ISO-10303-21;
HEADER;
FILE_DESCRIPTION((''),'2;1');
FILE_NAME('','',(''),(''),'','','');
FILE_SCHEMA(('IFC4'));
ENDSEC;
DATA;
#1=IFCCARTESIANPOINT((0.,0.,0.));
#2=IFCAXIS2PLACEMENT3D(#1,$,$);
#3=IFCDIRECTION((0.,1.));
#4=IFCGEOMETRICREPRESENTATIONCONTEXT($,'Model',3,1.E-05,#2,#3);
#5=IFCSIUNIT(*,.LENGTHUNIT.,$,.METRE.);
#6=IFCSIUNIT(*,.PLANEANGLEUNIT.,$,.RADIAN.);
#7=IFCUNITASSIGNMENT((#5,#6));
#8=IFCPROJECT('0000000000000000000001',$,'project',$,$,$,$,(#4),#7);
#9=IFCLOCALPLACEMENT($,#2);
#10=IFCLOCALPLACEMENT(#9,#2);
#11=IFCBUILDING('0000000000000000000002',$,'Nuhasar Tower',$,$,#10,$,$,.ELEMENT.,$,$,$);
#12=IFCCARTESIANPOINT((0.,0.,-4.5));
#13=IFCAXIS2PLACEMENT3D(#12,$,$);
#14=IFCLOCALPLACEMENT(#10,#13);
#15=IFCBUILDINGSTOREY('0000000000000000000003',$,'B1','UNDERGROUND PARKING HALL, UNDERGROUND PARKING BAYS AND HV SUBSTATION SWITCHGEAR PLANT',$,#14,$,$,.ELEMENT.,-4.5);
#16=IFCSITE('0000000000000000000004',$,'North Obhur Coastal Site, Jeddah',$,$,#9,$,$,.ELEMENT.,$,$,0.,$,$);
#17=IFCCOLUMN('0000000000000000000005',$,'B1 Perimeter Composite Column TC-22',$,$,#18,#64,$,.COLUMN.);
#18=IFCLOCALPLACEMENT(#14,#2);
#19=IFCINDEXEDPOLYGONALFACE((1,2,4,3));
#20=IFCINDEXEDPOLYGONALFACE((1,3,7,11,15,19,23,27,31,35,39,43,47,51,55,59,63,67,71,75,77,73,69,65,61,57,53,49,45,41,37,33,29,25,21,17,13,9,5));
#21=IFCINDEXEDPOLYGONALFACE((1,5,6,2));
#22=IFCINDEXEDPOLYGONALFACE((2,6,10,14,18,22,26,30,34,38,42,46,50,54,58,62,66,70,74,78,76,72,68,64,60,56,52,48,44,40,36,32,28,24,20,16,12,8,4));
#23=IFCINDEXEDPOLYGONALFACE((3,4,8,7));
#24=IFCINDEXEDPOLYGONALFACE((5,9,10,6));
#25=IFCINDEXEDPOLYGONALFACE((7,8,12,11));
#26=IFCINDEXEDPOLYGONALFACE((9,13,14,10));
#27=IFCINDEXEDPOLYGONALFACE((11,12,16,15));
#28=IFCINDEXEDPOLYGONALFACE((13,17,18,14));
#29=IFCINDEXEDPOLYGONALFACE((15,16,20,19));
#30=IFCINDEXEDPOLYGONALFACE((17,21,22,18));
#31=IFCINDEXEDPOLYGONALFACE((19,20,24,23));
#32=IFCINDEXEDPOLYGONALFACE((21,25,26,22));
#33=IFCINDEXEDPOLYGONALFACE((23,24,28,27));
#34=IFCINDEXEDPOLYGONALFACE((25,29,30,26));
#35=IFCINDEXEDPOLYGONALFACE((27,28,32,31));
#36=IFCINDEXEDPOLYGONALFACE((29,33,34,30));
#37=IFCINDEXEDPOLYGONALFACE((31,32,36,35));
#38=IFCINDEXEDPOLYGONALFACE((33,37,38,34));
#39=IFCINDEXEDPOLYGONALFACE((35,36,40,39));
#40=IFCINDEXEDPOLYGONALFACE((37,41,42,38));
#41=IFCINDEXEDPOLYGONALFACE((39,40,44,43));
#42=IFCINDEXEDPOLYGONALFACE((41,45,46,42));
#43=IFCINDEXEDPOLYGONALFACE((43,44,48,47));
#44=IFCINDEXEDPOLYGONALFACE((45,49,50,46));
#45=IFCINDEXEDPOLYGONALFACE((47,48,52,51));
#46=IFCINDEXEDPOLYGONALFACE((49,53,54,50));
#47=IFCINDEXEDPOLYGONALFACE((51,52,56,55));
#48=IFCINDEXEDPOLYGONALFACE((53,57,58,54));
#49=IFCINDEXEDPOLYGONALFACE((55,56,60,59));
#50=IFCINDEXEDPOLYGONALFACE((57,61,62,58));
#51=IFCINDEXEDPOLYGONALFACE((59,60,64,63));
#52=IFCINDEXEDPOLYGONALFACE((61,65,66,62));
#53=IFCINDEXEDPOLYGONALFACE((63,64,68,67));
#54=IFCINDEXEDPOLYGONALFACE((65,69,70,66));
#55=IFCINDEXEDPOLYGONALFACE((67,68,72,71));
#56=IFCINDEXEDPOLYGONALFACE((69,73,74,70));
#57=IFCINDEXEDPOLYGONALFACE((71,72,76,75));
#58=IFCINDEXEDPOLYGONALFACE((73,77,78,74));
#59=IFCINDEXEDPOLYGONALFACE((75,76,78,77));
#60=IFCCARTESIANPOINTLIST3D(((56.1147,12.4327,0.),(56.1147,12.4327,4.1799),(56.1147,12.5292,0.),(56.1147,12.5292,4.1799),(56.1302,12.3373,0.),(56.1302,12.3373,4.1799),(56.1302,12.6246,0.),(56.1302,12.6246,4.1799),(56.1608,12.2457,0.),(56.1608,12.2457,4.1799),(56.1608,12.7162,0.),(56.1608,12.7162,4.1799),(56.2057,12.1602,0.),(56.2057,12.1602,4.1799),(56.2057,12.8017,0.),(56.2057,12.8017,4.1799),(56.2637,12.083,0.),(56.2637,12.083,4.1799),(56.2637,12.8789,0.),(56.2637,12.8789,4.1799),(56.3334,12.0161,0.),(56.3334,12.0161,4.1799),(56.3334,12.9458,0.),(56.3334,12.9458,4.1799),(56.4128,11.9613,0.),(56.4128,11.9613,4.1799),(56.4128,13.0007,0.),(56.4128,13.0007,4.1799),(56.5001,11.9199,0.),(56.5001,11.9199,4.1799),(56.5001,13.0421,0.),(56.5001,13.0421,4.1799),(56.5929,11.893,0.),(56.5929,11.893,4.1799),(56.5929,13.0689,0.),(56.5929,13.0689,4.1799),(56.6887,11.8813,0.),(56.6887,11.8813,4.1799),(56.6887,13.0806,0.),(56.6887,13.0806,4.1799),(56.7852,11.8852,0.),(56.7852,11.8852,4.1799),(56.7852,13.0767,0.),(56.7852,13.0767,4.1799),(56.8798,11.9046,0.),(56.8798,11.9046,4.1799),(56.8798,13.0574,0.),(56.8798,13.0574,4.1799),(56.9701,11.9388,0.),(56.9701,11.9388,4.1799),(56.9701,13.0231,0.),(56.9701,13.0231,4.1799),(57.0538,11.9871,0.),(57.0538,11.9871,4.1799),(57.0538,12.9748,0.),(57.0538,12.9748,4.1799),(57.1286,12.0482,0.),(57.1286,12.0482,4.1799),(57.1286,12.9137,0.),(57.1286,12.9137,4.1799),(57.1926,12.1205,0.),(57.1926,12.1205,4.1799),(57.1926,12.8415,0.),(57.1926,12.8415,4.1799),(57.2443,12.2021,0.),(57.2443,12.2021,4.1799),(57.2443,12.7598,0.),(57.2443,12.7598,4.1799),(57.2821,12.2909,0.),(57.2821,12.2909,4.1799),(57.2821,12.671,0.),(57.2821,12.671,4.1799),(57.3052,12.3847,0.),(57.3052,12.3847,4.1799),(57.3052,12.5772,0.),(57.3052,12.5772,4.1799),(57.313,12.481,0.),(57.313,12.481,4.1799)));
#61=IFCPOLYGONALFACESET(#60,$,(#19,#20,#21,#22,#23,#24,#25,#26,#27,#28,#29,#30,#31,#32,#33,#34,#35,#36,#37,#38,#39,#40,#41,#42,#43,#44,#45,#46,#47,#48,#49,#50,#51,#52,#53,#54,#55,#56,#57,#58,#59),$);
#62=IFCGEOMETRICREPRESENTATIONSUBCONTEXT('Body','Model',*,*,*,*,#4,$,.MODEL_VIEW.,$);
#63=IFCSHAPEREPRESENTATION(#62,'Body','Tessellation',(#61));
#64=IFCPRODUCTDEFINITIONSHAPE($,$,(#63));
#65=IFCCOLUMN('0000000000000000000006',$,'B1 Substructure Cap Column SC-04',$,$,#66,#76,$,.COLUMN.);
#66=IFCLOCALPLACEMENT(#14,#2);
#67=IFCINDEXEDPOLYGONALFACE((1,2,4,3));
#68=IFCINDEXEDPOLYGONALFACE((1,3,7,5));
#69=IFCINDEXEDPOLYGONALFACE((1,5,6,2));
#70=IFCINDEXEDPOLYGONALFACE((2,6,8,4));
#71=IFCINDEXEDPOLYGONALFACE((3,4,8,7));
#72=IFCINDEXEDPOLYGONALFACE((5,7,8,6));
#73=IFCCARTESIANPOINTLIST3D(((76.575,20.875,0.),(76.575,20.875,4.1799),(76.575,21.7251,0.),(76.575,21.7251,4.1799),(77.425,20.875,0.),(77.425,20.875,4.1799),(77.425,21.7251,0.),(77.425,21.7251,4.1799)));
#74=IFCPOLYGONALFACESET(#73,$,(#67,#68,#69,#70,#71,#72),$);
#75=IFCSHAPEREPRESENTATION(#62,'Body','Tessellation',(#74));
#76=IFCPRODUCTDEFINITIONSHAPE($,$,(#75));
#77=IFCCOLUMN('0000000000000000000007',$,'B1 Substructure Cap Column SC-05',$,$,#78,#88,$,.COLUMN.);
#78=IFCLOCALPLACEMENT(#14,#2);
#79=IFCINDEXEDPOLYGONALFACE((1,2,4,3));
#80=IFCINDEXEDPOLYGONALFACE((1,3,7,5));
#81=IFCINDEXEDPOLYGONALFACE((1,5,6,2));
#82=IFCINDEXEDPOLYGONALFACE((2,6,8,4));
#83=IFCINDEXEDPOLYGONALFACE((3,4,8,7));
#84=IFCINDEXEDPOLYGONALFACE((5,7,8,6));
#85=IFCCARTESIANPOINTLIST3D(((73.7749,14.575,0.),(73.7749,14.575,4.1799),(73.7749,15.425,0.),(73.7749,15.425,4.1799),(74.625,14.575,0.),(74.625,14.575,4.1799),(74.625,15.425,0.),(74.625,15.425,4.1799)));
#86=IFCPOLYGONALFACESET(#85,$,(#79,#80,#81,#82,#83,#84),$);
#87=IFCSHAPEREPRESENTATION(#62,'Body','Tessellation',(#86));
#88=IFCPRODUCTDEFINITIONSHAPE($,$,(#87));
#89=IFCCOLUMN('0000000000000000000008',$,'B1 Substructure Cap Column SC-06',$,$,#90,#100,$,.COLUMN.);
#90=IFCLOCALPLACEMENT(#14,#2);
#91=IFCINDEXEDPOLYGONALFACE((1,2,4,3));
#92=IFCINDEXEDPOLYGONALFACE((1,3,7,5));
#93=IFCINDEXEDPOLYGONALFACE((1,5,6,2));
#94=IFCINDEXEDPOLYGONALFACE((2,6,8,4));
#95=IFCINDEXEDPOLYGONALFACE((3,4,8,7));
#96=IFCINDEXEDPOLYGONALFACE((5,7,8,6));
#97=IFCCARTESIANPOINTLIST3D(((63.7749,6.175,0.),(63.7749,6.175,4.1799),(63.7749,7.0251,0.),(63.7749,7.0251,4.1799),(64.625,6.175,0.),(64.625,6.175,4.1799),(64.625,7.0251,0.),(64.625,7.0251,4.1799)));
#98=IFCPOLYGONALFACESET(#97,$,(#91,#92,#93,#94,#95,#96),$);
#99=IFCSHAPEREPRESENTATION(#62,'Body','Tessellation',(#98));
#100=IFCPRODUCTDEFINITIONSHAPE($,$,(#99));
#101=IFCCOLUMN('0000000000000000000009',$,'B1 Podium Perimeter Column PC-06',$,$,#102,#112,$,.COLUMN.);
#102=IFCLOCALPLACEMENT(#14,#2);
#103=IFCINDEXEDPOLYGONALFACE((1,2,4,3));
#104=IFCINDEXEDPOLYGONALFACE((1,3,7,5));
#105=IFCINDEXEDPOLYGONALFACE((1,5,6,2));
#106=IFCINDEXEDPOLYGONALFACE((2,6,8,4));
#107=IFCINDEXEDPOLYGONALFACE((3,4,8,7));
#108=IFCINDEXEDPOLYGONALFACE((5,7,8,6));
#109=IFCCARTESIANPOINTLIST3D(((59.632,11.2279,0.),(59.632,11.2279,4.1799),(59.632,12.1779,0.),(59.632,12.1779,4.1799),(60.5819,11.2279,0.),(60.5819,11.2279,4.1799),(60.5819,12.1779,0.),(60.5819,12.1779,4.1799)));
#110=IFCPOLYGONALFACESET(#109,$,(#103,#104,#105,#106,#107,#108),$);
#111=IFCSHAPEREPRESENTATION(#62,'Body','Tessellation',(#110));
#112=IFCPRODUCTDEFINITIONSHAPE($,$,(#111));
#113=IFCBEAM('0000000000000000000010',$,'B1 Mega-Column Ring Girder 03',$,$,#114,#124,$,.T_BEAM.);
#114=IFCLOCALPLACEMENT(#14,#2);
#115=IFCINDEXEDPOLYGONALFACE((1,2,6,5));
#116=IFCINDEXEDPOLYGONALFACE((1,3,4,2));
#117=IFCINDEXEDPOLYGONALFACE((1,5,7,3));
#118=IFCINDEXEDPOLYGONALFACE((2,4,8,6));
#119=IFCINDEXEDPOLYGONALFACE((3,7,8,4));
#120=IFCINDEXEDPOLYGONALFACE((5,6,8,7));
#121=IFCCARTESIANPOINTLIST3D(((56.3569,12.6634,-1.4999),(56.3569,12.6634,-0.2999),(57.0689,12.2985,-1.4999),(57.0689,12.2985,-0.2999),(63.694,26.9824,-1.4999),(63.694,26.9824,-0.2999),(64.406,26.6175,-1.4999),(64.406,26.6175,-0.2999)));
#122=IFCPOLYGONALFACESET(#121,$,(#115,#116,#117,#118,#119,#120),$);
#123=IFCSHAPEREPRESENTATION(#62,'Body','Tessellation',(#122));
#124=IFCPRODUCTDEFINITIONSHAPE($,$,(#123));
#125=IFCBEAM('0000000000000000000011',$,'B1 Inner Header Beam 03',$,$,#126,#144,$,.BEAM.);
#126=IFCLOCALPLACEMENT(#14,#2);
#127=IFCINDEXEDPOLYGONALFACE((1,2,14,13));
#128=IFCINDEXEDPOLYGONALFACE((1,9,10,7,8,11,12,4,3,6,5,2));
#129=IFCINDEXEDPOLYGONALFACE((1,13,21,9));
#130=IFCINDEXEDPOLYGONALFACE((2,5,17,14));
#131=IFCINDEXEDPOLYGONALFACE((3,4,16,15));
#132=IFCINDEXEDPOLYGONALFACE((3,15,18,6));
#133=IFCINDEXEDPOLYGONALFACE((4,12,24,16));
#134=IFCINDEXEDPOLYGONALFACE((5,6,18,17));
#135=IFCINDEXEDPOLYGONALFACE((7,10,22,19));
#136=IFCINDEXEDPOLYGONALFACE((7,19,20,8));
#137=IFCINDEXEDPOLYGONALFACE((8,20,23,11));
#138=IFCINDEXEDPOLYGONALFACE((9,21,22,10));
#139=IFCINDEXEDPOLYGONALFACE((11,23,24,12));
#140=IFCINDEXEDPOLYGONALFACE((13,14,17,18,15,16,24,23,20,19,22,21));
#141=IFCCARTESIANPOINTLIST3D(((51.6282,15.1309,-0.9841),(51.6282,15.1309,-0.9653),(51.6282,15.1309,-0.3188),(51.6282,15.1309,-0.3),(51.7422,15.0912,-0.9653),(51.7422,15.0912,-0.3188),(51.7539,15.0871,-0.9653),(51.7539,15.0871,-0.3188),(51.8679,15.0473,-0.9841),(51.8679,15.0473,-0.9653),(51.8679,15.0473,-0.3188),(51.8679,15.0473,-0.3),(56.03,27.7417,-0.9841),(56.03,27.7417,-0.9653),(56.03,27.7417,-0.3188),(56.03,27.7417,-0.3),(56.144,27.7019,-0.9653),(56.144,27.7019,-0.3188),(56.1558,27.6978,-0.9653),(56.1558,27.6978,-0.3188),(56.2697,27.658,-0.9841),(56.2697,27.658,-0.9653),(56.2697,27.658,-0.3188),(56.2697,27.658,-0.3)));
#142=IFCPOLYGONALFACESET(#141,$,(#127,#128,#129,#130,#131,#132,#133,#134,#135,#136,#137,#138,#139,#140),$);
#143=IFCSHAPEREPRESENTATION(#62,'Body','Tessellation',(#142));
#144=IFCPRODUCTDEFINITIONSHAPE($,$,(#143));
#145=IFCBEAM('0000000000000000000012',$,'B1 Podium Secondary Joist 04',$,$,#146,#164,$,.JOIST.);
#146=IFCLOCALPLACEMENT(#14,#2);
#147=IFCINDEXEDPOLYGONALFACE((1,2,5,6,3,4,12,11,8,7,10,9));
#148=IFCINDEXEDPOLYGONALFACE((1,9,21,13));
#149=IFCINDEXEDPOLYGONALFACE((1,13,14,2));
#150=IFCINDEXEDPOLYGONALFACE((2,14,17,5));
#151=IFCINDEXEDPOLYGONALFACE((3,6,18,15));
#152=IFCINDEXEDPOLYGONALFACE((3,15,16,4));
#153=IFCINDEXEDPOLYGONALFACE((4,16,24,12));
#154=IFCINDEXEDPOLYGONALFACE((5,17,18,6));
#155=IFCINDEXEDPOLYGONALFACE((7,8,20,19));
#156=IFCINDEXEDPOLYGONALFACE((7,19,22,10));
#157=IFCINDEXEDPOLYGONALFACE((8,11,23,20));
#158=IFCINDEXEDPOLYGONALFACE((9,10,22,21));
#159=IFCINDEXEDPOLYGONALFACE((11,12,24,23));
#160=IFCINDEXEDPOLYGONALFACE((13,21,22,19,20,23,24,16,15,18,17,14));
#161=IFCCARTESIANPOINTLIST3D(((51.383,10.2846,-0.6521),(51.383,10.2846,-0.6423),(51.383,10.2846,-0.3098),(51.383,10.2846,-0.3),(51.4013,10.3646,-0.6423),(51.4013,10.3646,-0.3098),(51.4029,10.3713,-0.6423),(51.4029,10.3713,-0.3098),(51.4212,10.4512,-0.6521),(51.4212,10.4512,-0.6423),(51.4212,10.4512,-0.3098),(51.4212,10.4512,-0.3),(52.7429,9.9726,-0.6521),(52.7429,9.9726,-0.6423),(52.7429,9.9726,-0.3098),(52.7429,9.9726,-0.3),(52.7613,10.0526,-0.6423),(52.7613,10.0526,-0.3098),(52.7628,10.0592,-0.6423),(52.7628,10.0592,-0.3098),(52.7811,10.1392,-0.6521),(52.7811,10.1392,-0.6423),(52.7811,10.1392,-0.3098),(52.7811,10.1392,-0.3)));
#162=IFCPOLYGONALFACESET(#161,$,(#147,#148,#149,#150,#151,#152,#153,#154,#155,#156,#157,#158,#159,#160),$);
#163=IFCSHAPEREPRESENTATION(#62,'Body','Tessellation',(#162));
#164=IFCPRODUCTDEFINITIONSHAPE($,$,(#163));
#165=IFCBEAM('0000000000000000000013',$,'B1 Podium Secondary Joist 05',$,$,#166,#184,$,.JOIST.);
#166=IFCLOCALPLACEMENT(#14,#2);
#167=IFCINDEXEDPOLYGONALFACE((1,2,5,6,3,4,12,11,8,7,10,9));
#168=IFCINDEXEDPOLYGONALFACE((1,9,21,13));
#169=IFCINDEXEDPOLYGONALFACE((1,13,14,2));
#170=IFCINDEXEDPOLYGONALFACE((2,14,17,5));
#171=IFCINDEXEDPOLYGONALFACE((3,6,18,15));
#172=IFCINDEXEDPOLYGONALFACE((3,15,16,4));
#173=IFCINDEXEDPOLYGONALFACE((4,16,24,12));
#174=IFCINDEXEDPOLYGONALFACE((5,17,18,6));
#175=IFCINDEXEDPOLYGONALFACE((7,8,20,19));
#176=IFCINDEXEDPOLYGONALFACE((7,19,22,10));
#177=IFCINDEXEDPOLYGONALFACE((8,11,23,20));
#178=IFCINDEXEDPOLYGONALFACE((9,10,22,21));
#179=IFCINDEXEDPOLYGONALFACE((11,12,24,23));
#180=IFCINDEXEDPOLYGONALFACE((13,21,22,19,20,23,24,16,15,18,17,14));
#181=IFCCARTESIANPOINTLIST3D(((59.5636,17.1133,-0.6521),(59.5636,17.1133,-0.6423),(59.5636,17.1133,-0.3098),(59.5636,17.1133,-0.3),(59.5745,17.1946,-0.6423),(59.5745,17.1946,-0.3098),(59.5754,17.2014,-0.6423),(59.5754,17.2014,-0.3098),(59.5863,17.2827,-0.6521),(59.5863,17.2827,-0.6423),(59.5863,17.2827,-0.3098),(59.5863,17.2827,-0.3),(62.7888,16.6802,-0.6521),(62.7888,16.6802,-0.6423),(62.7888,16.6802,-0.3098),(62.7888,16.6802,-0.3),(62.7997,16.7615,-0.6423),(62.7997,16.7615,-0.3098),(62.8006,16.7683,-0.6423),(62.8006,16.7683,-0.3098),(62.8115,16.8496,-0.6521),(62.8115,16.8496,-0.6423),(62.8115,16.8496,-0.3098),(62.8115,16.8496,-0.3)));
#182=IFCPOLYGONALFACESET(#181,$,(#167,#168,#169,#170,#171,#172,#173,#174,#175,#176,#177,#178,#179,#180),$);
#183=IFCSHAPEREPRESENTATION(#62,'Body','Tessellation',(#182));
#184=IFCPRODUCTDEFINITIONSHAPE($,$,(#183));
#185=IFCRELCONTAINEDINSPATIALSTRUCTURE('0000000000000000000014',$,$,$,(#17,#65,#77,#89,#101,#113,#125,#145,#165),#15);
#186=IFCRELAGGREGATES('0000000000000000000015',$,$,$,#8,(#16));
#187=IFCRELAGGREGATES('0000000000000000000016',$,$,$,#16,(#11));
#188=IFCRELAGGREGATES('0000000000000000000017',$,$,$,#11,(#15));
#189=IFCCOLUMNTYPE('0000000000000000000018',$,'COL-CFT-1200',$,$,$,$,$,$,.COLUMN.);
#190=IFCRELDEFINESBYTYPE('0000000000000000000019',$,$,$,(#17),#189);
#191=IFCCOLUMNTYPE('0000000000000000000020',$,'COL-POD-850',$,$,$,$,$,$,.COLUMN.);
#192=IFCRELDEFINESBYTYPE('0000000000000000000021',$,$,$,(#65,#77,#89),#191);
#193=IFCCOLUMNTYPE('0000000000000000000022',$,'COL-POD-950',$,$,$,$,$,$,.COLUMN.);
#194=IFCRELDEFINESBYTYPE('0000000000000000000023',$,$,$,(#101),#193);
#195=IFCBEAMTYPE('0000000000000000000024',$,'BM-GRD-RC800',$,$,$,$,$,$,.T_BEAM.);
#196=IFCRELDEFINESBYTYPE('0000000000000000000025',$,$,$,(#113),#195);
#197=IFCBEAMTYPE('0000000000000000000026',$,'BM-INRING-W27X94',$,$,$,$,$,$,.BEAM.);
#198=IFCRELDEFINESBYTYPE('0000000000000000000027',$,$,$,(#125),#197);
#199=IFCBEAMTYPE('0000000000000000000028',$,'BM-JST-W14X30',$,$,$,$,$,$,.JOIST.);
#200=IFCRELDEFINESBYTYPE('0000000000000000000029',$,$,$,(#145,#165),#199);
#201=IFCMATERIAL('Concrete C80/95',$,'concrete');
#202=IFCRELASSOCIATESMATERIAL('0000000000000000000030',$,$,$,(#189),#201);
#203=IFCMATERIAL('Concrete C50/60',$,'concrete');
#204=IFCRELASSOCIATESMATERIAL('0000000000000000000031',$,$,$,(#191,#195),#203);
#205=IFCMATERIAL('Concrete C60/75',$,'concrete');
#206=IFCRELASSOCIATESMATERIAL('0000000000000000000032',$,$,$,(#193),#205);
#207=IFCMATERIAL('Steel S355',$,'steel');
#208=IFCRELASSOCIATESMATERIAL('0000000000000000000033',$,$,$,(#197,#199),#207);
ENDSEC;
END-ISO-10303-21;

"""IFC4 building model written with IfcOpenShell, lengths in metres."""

from ifc_helpers import new_model, si_unit, direction, frame, origin, origin_2d, place, context, subcontext, project, spatial, rectangle, circle, i_section, extrude, material, material_profile, profile_set, type_object, element, save


model = new_model("IFC4")

# Units and contexts
model_context = context("Model", 3, precision=1e-05, world=origin(), true_north=direction((0.0, 1.0)))
body_context = subcontext(model_context, "Body", "Model", "MODEL_VIEW")
ifc_project = project(units=[si_unit("LENGTHUNIT", "METRE"), si_unit("PLANEANGLEUNIT", "RADIAN")], contexts=[model_context])

# Site, building, storey
site_placement = place(None, origin())
site = spatial("IfcSite", under=ifc_project, at=site_placement, Name="North Obhur Coastal Site, Jeddah", CompositionType="ELEMENT", RefElevation=0.0)
building_placement = place(site_placement, origin())
building = spatial("IfcBuilding", under=site, at=building_placement, Name="Nuhasar Tower", CompositionType="ELEMENT")
storey_placement = place(building_placement, frame((0.0, 0.0, -4.5)))
storey = spatial("IfcBuildingStorey", under=building, at=storey_placement, Name="B1", Description="UNDERGROUND PARKING HALL, UNDERGROUND PARKING BAYS AND HV SUBSTATION SWITCHGEAR PLANT", CompositionType="ELEMENT", Elevation=-4.5)

# Columns
ifc_material_1 = material(Name="Concrete C80/95", Category="concrete")
ifc_material_profile_1 = material_profile(ifc_material_1, circle(Radius=0.6001, at=origin_2d()), Name="CFT1200")
ifc_profile_set_1 = profile_set([ifc_material_profile_1], Name="Concrete C80/95")
column_type_1 = type_object("IfcColumnType", Name="COL-CFT-1200", PredefinedType="COLUMN", material=ifc_profile_set_1)
column_1_placement = place(storey_placement, frame((56.7129, 12.481, 0.0), z_axis=(0.0, 0.0, 1.0), x_axis=(1.0, 0.0, 0.0)))
element("IfcColumn", 1, at=column_1_placement, inside=storey, type_object=column_type_1, Name="B1 Perimeter Composite Column TC-22", PredefinedType="COLUMN", context=body_context, shape_type="SweptSolid", body=[
    extrude(circle(Radius=0.6001, at=origin_2d()), origin(), (0.0, 0.0, 1.0), 4.1799),
])
ifc_material_2 = material(Name="Concrete C50/60", Category="concrete")
ifc_material_profile_2 = material_profile(ifc_material_2, rectangle(XDim=0.8501, YDim=0.8501, at=origin_2d()), Name="RC850X850")
ifc_profile_set_2 = profile_set([ifc_material_profile_2], Name="Concrete C50/60")
column_type_2 = type_object("IfcColumnType", Name="COL-POD-850", PredefinedType="COLUMN", material=ifc_profile_set_2)
for number, where, z_axis, x_axis, name in (
    (2, (77.0, 21.3, 0.0), (0.0, 0.0, 1.0), (1.0, 0.0, 0.0), "B1 Substructure Cap Column SC-04"),
    (3, (74.2, 15.0, 0.0), (0.0, 0.0, 1.0), (1.0, 0.0, 0.0), "B1 Substructure Cap Column SC-05"),
    (4, (64.2, 6.6001, 0.0), (0.0, 0.0, 1.0), (1.0, 0.0, 0.0), "B1 Substructure Cap Column SC-06"),
):
    element("IfcColumn", number, at=place(storey_placement, frame(where, z_axis=z_axis, x_axis=x_axis)), inside=storey, type_object=column_type_2, Name=name, PredefinedType="COLUMN", context=body_context, shape_type="SweptSolid", body=[
        extrude(rectangle(XDim=0.8501, YDim=0.8501, at=origin_2d()), origin(), (0.0, 0.0, 1.0), 4.1799),
    ])
ifc_material_3 = material(Name="Concrete C60/75", Category="concrete")
ifc_material_profile_3 = material_profile(ifc_material_3, rectangle(XDim=0.95, YDim=0.95, at=origin_2d()), Name="RC950X950")
ifc_profile_set_3 = profile_set([ifc_material_profile_3], Name="Concrete C60/75")
column_type_3 = type_object("IfcColumnType", Name="COL-POD-950", PredefinedType="COLUMN", material=ifc_profile_set_3)
column_2_placement = place(storey_placement, frame((60.1069, 11.7029, 0.0), z_axis=(0.0, 0.0, 1.0), x_axis=(1.0, 0.0, 0.0)))
element("IfcColumn", 5, at=column_2_placement, inside=storey, type_object=column_type_3, Name="B1 Podium Perimeter Column PC-06", PredefinedType="COLUMN", context=body_context, shape_type="SweptSolid", body=[
    extrude(rectangle(XDim=0.95, YDim=0.95, at=origin_2d()), origin(), (0.0, 0.0, 1.0), 4.1799),
])

# Beams
ifc_material_profile_4 = material_profile(ifc_material_2, rectangle(XDim=0.8, YDim=1.2, at=origin_2d()), Name="RC800X1200")
ifc_profile_set_4 = profile_set([ifc_material_profile_4], Name="Concrete C50/60")
beam_type_1 = type_object("IfcBeamType", Name="BM-GRD-RC800", PredefinedType="T_BEAM", material=ifc_profile_set_4)
beam_1_placement = place(storey_placement, frame((56.7129, 12.481, -0.8999), z_axis=(0.456023, 0.889968, 0.0), x_axis=(-0.889968, 0.456023, 0.0)))
element("IfcBeam", 6, at=beam_1_placement, inside=storey, type_object=beam_type_1, Name="B1 Mega-Column Ring Girder 03", PredefinedType="T_BEAM", context=body_context, shape_type="SweptSolid", body=[
    extrude(rectangle(XDim=0.8, YDim=1.2, at=origin_2d()), origin(), (0.0, 0.0, 1.0), 16.0894),
])
ifc_material_4 = material(Name="Steel S355", Category="steel")
ifc_material_profile_5 = material_profile(ifc_material_4, i_section(OverallWidth=0.2539, OverallDepth=0.6841, WebThickness=0.0125, FlangeThickness=0.0188, at=origin_2d()), Name="W27X94")
ifc_profile_set_5 = profile_set([ifc_material_profile_5], Name="Steel S355")
beam_type_2 = type_object("IfcBeamType", Name="BM-INRING-W27X94", PredefinedType="BEAM", material=ifc_profile_set_5)
beam_2_placement = place(storey_placement, frame((51.748, 15.0891, -0.6421), z_axis=(0.329554, 0.944137, 0.0), x_axis=(-0.944137, 0.329554, 0.0)))
element("IfcBeam", 7, at=beam_2_placement, inside=storey, type_object=beam_type_2, Name="B1 Inner Header Beam 03", PredefinedType="BEAM", context=body_context, shape_type="SweptSolid", body=[
    extrude(i_section(OverallWidth=0.2539, OverallDepth=0.6841, WebThickness=0.0125, FlangeThickness=0.0188, at=origin_2d()), origin(), (0.0, 0.0, 1.0), 13.3569),
])
ifc_material_profile_6 = material_profile(ifc_material_4, i_section(OverallWidth=0.1709, OverallDepth=0.3521, WebThickness=0.0068, FlangeThickness=0.0098, at=origin_2d()), Name="W14X30")
ifc_profile_set_6 = profile_set([ifc_material_profile_6], Name="Steel S355")
beam_type_3 = type_object("IfcBeamType", Name="BM-JST-W14X30", PredefinedType="JOIST", material=ifc_profile_set_6)
beam_3_placement = place(storey_placement, frame((51.4021, 10.3679, -0.4761), z_axis=(0.974674, -0.223632, 0.0), x_axis=(0.223632, 0.974674, 0.0)))
element("IfcBeam", 8, at=beam_3_placement, inside=storey, type_object=beam_type_3, Name="B1 Podium Secondary Joist 04", PredefinedType="JOIST", context=body_context, shape_type="SweptSolid", body=[
    extrude(i_section(OverallWidth=0.1709, OverallDepth=0.3521, WebThickness=0.0068, FlangeThickness=0.0098, at=origin_2d()), origin(), (0.0, 0.0, 1.0), 1.3953),
])
beam_4_placement = place(storey_placement, frame((59.575, 17.198, -0.4761), z_axis=(0.991103, -0.133097, 0.0), x_axis=(0.133097, 0.991103, 0.0)))
element("IfcBeam", 9, at=beam_4_placement, inside=storey, type_object=beam_type_3, Name="B1 Podium Secondary Joist 05", PredefinedType="JOIST", context=body_context, shape_type="SweptSolid", body=[
    extrude(i_section(OverallWidth=0.1709, OverallDepth=0.3521, WebThickness=0.0068, FlangeThickness=0.0098, at=origin_2d()), origin(), (0.0, 0.0, 1.0), 3.2542),
])

save(model, "model.ifc")
